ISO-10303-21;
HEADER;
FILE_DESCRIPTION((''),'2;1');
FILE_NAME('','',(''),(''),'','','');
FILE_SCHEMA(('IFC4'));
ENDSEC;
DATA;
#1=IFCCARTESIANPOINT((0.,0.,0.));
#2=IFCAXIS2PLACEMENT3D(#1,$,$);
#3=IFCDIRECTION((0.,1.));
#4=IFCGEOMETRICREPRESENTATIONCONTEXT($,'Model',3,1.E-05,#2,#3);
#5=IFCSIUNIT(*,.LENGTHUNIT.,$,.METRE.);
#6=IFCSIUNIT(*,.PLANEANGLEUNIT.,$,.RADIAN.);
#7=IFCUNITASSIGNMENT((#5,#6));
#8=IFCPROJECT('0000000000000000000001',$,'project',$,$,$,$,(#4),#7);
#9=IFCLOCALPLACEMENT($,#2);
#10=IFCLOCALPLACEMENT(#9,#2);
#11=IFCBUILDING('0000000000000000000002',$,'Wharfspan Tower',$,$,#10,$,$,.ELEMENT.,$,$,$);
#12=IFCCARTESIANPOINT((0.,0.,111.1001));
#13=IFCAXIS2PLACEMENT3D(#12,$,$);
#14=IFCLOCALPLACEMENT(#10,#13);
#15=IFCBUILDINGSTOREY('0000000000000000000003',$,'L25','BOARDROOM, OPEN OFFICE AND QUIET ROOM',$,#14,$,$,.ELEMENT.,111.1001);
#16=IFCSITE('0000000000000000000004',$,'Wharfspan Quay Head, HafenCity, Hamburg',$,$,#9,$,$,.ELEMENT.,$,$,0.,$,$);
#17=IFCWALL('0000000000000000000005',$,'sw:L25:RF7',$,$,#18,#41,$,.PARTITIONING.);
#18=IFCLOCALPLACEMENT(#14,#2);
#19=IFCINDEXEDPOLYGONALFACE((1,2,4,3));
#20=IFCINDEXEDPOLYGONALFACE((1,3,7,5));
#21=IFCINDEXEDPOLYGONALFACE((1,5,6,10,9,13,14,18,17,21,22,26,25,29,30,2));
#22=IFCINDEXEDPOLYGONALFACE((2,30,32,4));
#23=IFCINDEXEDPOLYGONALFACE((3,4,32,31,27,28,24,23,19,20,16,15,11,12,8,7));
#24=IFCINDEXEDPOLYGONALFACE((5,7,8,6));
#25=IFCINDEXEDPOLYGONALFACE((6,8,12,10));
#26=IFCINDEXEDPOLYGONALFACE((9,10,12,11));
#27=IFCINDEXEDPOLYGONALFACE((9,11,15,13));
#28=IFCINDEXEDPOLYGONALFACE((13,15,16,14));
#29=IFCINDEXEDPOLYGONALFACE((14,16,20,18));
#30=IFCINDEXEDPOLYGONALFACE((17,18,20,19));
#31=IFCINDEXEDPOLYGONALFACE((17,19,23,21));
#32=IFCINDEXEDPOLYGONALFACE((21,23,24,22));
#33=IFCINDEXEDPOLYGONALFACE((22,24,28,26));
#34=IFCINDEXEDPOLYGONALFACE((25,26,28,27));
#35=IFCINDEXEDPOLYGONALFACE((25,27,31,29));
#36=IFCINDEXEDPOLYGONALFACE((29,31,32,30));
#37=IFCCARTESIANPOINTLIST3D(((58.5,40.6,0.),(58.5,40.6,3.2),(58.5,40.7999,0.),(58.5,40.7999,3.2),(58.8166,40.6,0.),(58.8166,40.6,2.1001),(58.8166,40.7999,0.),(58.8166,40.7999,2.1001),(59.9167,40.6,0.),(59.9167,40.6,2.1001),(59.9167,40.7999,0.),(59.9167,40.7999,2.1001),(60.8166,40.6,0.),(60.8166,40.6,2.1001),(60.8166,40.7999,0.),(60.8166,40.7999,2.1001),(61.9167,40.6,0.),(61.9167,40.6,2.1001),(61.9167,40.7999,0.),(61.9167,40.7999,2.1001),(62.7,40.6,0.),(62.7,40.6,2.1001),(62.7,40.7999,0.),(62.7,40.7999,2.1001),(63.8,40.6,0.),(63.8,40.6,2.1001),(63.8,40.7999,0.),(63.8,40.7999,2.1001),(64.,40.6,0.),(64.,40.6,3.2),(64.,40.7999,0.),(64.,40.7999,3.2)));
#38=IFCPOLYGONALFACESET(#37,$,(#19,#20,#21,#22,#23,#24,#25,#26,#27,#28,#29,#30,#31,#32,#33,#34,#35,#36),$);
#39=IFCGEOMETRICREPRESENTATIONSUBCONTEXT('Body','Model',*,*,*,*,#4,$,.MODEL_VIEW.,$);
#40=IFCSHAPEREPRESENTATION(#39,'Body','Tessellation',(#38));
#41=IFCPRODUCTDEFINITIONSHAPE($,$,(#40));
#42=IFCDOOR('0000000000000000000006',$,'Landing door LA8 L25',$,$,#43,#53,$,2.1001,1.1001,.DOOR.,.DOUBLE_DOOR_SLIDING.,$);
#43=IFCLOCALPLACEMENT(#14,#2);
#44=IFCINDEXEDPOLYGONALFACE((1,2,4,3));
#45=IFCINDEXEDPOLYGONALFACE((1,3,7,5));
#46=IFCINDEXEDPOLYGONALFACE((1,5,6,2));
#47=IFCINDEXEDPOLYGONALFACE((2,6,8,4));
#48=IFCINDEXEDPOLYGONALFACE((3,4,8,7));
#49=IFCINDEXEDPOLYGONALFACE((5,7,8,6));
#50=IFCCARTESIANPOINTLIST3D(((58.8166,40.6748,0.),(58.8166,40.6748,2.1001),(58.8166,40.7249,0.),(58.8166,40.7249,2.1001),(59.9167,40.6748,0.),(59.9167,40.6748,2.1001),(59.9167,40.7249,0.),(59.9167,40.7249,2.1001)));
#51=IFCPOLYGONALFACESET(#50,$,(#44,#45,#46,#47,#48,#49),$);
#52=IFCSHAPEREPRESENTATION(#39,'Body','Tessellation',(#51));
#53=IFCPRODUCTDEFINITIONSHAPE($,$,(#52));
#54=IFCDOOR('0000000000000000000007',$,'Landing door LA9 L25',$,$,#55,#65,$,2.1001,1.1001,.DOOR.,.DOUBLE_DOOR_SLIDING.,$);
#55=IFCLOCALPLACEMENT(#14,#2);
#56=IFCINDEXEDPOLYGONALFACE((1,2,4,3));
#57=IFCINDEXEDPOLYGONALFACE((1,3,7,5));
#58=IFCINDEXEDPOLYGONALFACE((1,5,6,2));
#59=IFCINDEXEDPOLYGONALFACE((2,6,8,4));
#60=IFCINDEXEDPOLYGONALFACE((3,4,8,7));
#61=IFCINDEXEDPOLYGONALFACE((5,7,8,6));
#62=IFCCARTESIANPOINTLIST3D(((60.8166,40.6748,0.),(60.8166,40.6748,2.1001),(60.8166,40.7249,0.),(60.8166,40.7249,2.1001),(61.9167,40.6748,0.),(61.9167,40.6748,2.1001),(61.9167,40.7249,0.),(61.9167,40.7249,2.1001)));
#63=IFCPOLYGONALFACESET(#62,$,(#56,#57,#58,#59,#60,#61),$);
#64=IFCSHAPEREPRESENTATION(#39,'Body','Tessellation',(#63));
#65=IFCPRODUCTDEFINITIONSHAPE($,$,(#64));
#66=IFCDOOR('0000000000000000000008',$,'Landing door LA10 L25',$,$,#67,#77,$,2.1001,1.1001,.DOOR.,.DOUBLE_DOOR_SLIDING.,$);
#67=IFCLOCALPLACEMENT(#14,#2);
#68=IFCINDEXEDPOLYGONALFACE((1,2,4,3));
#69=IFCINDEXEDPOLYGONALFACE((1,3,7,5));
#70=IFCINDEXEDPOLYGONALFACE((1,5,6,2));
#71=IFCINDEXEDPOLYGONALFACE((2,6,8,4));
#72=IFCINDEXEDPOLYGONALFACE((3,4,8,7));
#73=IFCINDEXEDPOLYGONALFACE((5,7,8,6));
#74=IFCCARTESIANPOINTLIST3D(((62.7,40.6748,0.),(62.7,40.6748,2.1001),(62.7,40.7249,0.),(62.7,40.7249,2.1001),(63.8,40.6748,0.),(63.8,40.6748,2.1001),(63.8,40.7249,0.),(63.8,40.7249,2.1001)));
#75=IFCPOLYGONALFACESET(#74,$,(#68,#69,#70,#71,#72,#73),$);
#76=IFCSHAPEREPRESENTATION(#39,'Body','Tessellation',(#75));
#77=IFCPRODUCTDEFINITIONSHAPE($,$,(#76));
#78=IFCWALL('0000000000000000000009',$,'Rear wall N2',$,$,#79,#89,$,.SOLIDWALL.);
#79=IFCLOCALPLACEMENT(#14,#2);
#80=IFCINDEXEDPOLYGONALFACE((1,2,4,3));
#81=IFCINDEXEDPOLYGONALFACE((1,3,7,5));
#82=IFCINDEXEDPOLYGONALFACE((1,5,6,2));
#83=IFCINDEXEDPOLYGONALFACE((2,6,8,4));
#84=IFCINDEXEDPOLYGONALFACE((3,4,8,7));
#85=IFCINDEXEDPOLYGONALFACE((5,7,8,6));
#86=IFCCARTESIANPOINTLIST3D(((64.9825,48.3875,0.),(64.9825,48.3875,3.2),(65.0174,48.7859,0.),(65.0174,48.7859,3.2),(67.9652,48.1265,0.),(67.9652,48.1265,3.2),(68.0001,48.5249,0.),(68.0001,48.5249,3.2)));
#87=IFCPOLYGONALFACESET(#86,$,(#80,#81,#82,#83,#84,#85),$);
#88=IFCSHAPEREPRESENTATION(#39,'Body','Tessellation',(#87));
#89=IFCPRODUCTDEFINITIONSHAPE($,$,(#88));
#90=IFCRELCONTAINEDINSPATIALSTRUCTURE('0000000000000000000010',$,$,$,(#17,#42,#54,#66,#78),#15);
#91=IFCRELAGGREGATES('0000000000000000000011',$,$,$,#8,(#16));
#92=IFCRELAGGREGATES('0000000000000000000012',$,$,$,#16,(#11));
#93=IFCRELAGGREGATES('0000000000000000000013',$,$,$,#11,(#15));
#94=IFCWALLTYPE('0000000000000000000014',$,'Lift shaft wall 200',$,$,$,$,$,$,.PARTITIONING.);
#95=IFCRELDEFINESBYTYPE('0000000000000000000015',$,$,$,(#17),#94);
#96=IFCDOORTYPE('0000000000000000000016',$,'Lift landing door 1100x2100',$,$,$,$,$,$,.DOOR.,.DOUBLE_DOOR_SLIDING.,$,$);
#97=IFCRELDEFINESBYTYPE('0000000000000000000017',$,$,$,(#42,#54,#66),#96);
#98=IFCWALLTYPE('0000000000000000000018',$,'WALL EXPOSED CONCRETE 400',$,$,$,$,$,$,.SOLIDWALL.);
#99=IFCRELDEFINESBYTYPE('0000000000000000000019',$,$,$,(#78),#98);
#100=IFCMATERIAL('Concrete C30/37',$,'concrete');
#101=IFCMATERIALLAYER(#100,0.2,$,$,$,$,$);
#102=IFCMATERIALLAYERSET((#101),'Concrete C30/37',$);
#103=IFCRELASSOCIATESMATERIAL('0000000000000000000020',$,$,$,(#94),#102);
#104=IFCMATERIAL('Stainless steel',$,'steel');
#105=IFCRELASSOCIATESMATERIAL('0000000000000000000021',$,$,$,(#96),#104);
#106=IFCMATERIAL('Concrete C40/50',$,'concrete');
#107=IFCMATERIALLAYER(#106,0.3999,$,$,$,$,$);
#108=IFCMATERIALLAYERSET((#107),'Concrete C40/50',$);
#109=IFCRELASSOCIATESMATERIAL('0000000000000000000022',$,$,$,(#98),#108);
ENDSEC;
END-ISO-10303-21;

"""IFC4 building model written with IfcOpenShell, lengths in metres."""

from ifc_helpers import new_model, si_unit, direction, frame, frame_2d, origin, place, context, subcontext, project, spatial, rectangle, extrude, material, layer, layer_set, type_object, element, fill, save


model = new_model("IFC4")

# Units and contexts
model_context = context("Model", 3, precision=1e-05, world=origin(), true_north=direction((0.0, 1.0)))
body_context = subcontext(model_context, "Body", "Model", "MODEL_VIEW")
ifc_project = project(units=[si_unit("LENGTHUNIT", "METRE"), si_unit("PLANEANGLEUNIT", "RADIAN")], contexts=[model_context])

# Site, building, storey
site_placement = place(None, origin())
site = spatial("IfcSite", under=ifc_project, at=site_placement, Name="Wharfspan Quay Head, HafenCity, Hamburg", CompositionType="ELEMENT", RefElevation=0.0)
building_placement = place(site_placement, origin())
building = spatial("IfcBuilding", under=site, at=building_placement, Name="Wharfspan Tower", CompositionType="ELEMENT")
storey_placement = place(building_placement, frame((0.0, 0.0, 111.1001)))
storey = spatial("IfcBuildingStorey", under=building, at=storey_placement, Name="L25", Description="BOARDROOM, OPEN OFFICE AND QUIET ROOM", CompositionType="ELEMENT", Elevation=111.1001)

# Shared definitions
ifc_material_1 = material(Name="Concrete C30/37", Category="concrete")
ifc_layer_1 = layer(ifc_material_1, 0.2)
ifc_layer_set_1 = layer_set([ifc_layer_1], Name="Concrete C30/37")
wall_type_1 = type_object("IfcWallType", Name="Lift shaft wall 200", PredefinedType="PARTITIONING", material=ifc_layer_set_1)

# Wall, openings, doors
wall_1_placement = place(storey_placement, frame((58.5, 40.7, 0.0), z_axis=(0.0, 0.0, 1.0), x_axis=(1.0, 0.0, 0.0)))
wall_1 = element("IfcWall", 1, at=wall_1_placement, inside=storey, type_object=wall_type_1, Name="sw:L25:RF7", PredefinedType="PARTITIONING", context=body_context, shape_type="SweptSolid", body=[
    extrude(rectangle(XDim=5.5, YDim=0.2, at=frame_2d((2.75, 0.0))), origin(), (0.0, 0.0, 1.0), 3.2),
])
opening_1_placement = place(wall_1_placement, frame((0.3166, 0.0, 0.0)))
opening_1 = element("IfcOpeningElement", 2, at=opening_1_placement, cuts=wall_1, PredefinedType="OPENING", context=body_context, shape_type="SweptSolid", body=[
    extrude(rectangle(XDim=1.1001, YDim=2.1001, at=frame_2d((0.55, 1.05))), frame((0.0, 0.1099, 0.0), z_axis=(0.0, -1.0, 0.0), x_axis=(1.0, 0.0, 0.0)), (0.0, 0.0, 1.0), 0.22),
])
opening_2_placement = place(wall_1_placement, frame((2.3167, 0.0, 0.0)))
opening_2 = element("IfcOpeningElement", 3, at=opening_2_placement, cuts=wall_1, PredefinedType="OPENING", context=body_context, shape_type="SweptSolid", body=[
    extrude(rectangle(XDim=1.1001, YDim=2.1001, at=frame_2d((0.55, 1.05))), frame((0.0, 0.1099, 0.0), z_axis=(0.0, -1.0, 0.0), x_axis=(1.0, 0.0, 0.0)), (0.0, 0.0, 1.0), 0.22),
])
opening_3_placement = place(wall_1_placement, frame((4.2, 0.0, 0.0)))
opening_3 = element("IfcOpeningElement", 4, at=opening_3_placement, cuts=wall_1, PredefinedType="OPENING", context=body_context, shape_type="SweptSolid", body=[
    extrude(rectangle(XDim=1.1001, YDim=2.1001, at=frame_2d((0.55, 1.05))), frame((0.0, 0.1099, 0.0), z_axis=(0.0, -1.0, 0.0), x_axis=(1.0, 0.0, 0.0)), (0.0, 0.0, 1.0), 0.22),
])
ifc_material_2 = material(Name="Stainless steel", Category="steel")
door_type_1 = type_object("IfcDoorType", Name="Lift landing door 1100x2100", OperationType="DOUBLE_DOOR_SLIDING", PredefinedType="DOOR", material=ifc_material_2)
door_1_placement = place(opening_1_placement, origin())
door_1 = element("IfcDoor", 5, at=door_1_placement, inside=storey, type_object=door_type_1, Name="Landing door LA8 L25", OperationType="DOUBLE_DOOR_SLIDING", OverallHeight=2.1001, OverallWidth=1.1001, PredefinedType="DOOR", context=body_context, shape_type="SweptSolid", body=[
    extrude(rectangle(XDim=1.1001, YDim=2.1001, at=frame_2d((0.55, 1.05))), frame((0.0, 0.0249, 0.0), z_axis=(0.0, -1.0, 0.0), x_axis=(1.0, 0.0, 0.0)), (0.0, 0.0, 1.0), 0.05),
])
fill(opening_1, door_1)
door_2_placement = place(opening_2_placement, origin())
door_2 = element("IfcDoor", 6, at=door_2_placement, inside=storey, type_object=door_type_1, Name="Landing door LA9 L25", OperationType="DOUBLE_DOOR_SLIDING", OverallHeight=2.1001, OverallWidth=1.1001, PredefinedType="DOOR", context=body_context, shape_type="SweptSolid", body=[
    extrude(rectangle(XDim=1.1001, YDim=2.1001, at=frame_2d((0.55, 1.05))), frame((0.0, 0.0249, 0.0), z_axis=(0.0, -1.0, 0.0), x_axis=(1.0, 0.0, 0.0)), (0.0, 0.0, 1.0), 0.05),
])
fill(opening_2, door_2)
door_3_placement = place(opening_3_placement, origin())
door_3 = element("IfcDoor", 7, at=door_3_placement, inside=storey, type_object=door_type_1, Name="Landing door LA10 L25", OperationType="DOUBLE_DOOR_SLIDING", OverallHeight=2.1001, OverallWidth=1.1001, PredefinedType="DOOR", context=body_context, shape_type="SweptSolid", body=[
    extrude(rectangle(XDim=1.1001, YDim=2.1001, at=frame_2d((0.55, 1.05))), frame((0.0, 0.0249, 0.0), z_axis=(0.0, -1.0, 0.0), x_axis=(1.0, 0.0, 0.0)), (0.0, 0.0, 1.0), 0.05),
])
fill(opening_3, door_3)

# Wall
ifc_material_3 = material(Name="Concrete C40/50", Category="concrete")
ifc_layer_2 = layer(ifc_material_3, 0.3999)
ifc_layer_set_2 = layer_set([ifc_layer_2], Name="Concrete C40/50")
wall_type_2 = type_object("IfcWallType", Name="WALL EXPOSED CONCRETE 400", PredefinedType="SOLIDWALL", material=ifc_layer_set_2)
wall_2_placement = place(storey_placement, frame((67.9827, 48.3257, 0.0), z_axis=(0.0, 0.0, 1.0), x_axis=(-0.996194, 0.087168, 0.0)))
element("IfcWall", 8, at=wall_2_placement, inside=storey, type_object=wall_type_2, Name="Rear wall N2", PredefinedType="SOLIDWALL", context=body_context, shape_type="SweptSolid", body=[
    extrude(rectangle(XDim=2.9941, YDim=0.3999, at=frame_2d((1.4971, 0.0))), origin(), (0.0, 0.0, 1.0), 3.2),
])

save(model, "model.ifc")
